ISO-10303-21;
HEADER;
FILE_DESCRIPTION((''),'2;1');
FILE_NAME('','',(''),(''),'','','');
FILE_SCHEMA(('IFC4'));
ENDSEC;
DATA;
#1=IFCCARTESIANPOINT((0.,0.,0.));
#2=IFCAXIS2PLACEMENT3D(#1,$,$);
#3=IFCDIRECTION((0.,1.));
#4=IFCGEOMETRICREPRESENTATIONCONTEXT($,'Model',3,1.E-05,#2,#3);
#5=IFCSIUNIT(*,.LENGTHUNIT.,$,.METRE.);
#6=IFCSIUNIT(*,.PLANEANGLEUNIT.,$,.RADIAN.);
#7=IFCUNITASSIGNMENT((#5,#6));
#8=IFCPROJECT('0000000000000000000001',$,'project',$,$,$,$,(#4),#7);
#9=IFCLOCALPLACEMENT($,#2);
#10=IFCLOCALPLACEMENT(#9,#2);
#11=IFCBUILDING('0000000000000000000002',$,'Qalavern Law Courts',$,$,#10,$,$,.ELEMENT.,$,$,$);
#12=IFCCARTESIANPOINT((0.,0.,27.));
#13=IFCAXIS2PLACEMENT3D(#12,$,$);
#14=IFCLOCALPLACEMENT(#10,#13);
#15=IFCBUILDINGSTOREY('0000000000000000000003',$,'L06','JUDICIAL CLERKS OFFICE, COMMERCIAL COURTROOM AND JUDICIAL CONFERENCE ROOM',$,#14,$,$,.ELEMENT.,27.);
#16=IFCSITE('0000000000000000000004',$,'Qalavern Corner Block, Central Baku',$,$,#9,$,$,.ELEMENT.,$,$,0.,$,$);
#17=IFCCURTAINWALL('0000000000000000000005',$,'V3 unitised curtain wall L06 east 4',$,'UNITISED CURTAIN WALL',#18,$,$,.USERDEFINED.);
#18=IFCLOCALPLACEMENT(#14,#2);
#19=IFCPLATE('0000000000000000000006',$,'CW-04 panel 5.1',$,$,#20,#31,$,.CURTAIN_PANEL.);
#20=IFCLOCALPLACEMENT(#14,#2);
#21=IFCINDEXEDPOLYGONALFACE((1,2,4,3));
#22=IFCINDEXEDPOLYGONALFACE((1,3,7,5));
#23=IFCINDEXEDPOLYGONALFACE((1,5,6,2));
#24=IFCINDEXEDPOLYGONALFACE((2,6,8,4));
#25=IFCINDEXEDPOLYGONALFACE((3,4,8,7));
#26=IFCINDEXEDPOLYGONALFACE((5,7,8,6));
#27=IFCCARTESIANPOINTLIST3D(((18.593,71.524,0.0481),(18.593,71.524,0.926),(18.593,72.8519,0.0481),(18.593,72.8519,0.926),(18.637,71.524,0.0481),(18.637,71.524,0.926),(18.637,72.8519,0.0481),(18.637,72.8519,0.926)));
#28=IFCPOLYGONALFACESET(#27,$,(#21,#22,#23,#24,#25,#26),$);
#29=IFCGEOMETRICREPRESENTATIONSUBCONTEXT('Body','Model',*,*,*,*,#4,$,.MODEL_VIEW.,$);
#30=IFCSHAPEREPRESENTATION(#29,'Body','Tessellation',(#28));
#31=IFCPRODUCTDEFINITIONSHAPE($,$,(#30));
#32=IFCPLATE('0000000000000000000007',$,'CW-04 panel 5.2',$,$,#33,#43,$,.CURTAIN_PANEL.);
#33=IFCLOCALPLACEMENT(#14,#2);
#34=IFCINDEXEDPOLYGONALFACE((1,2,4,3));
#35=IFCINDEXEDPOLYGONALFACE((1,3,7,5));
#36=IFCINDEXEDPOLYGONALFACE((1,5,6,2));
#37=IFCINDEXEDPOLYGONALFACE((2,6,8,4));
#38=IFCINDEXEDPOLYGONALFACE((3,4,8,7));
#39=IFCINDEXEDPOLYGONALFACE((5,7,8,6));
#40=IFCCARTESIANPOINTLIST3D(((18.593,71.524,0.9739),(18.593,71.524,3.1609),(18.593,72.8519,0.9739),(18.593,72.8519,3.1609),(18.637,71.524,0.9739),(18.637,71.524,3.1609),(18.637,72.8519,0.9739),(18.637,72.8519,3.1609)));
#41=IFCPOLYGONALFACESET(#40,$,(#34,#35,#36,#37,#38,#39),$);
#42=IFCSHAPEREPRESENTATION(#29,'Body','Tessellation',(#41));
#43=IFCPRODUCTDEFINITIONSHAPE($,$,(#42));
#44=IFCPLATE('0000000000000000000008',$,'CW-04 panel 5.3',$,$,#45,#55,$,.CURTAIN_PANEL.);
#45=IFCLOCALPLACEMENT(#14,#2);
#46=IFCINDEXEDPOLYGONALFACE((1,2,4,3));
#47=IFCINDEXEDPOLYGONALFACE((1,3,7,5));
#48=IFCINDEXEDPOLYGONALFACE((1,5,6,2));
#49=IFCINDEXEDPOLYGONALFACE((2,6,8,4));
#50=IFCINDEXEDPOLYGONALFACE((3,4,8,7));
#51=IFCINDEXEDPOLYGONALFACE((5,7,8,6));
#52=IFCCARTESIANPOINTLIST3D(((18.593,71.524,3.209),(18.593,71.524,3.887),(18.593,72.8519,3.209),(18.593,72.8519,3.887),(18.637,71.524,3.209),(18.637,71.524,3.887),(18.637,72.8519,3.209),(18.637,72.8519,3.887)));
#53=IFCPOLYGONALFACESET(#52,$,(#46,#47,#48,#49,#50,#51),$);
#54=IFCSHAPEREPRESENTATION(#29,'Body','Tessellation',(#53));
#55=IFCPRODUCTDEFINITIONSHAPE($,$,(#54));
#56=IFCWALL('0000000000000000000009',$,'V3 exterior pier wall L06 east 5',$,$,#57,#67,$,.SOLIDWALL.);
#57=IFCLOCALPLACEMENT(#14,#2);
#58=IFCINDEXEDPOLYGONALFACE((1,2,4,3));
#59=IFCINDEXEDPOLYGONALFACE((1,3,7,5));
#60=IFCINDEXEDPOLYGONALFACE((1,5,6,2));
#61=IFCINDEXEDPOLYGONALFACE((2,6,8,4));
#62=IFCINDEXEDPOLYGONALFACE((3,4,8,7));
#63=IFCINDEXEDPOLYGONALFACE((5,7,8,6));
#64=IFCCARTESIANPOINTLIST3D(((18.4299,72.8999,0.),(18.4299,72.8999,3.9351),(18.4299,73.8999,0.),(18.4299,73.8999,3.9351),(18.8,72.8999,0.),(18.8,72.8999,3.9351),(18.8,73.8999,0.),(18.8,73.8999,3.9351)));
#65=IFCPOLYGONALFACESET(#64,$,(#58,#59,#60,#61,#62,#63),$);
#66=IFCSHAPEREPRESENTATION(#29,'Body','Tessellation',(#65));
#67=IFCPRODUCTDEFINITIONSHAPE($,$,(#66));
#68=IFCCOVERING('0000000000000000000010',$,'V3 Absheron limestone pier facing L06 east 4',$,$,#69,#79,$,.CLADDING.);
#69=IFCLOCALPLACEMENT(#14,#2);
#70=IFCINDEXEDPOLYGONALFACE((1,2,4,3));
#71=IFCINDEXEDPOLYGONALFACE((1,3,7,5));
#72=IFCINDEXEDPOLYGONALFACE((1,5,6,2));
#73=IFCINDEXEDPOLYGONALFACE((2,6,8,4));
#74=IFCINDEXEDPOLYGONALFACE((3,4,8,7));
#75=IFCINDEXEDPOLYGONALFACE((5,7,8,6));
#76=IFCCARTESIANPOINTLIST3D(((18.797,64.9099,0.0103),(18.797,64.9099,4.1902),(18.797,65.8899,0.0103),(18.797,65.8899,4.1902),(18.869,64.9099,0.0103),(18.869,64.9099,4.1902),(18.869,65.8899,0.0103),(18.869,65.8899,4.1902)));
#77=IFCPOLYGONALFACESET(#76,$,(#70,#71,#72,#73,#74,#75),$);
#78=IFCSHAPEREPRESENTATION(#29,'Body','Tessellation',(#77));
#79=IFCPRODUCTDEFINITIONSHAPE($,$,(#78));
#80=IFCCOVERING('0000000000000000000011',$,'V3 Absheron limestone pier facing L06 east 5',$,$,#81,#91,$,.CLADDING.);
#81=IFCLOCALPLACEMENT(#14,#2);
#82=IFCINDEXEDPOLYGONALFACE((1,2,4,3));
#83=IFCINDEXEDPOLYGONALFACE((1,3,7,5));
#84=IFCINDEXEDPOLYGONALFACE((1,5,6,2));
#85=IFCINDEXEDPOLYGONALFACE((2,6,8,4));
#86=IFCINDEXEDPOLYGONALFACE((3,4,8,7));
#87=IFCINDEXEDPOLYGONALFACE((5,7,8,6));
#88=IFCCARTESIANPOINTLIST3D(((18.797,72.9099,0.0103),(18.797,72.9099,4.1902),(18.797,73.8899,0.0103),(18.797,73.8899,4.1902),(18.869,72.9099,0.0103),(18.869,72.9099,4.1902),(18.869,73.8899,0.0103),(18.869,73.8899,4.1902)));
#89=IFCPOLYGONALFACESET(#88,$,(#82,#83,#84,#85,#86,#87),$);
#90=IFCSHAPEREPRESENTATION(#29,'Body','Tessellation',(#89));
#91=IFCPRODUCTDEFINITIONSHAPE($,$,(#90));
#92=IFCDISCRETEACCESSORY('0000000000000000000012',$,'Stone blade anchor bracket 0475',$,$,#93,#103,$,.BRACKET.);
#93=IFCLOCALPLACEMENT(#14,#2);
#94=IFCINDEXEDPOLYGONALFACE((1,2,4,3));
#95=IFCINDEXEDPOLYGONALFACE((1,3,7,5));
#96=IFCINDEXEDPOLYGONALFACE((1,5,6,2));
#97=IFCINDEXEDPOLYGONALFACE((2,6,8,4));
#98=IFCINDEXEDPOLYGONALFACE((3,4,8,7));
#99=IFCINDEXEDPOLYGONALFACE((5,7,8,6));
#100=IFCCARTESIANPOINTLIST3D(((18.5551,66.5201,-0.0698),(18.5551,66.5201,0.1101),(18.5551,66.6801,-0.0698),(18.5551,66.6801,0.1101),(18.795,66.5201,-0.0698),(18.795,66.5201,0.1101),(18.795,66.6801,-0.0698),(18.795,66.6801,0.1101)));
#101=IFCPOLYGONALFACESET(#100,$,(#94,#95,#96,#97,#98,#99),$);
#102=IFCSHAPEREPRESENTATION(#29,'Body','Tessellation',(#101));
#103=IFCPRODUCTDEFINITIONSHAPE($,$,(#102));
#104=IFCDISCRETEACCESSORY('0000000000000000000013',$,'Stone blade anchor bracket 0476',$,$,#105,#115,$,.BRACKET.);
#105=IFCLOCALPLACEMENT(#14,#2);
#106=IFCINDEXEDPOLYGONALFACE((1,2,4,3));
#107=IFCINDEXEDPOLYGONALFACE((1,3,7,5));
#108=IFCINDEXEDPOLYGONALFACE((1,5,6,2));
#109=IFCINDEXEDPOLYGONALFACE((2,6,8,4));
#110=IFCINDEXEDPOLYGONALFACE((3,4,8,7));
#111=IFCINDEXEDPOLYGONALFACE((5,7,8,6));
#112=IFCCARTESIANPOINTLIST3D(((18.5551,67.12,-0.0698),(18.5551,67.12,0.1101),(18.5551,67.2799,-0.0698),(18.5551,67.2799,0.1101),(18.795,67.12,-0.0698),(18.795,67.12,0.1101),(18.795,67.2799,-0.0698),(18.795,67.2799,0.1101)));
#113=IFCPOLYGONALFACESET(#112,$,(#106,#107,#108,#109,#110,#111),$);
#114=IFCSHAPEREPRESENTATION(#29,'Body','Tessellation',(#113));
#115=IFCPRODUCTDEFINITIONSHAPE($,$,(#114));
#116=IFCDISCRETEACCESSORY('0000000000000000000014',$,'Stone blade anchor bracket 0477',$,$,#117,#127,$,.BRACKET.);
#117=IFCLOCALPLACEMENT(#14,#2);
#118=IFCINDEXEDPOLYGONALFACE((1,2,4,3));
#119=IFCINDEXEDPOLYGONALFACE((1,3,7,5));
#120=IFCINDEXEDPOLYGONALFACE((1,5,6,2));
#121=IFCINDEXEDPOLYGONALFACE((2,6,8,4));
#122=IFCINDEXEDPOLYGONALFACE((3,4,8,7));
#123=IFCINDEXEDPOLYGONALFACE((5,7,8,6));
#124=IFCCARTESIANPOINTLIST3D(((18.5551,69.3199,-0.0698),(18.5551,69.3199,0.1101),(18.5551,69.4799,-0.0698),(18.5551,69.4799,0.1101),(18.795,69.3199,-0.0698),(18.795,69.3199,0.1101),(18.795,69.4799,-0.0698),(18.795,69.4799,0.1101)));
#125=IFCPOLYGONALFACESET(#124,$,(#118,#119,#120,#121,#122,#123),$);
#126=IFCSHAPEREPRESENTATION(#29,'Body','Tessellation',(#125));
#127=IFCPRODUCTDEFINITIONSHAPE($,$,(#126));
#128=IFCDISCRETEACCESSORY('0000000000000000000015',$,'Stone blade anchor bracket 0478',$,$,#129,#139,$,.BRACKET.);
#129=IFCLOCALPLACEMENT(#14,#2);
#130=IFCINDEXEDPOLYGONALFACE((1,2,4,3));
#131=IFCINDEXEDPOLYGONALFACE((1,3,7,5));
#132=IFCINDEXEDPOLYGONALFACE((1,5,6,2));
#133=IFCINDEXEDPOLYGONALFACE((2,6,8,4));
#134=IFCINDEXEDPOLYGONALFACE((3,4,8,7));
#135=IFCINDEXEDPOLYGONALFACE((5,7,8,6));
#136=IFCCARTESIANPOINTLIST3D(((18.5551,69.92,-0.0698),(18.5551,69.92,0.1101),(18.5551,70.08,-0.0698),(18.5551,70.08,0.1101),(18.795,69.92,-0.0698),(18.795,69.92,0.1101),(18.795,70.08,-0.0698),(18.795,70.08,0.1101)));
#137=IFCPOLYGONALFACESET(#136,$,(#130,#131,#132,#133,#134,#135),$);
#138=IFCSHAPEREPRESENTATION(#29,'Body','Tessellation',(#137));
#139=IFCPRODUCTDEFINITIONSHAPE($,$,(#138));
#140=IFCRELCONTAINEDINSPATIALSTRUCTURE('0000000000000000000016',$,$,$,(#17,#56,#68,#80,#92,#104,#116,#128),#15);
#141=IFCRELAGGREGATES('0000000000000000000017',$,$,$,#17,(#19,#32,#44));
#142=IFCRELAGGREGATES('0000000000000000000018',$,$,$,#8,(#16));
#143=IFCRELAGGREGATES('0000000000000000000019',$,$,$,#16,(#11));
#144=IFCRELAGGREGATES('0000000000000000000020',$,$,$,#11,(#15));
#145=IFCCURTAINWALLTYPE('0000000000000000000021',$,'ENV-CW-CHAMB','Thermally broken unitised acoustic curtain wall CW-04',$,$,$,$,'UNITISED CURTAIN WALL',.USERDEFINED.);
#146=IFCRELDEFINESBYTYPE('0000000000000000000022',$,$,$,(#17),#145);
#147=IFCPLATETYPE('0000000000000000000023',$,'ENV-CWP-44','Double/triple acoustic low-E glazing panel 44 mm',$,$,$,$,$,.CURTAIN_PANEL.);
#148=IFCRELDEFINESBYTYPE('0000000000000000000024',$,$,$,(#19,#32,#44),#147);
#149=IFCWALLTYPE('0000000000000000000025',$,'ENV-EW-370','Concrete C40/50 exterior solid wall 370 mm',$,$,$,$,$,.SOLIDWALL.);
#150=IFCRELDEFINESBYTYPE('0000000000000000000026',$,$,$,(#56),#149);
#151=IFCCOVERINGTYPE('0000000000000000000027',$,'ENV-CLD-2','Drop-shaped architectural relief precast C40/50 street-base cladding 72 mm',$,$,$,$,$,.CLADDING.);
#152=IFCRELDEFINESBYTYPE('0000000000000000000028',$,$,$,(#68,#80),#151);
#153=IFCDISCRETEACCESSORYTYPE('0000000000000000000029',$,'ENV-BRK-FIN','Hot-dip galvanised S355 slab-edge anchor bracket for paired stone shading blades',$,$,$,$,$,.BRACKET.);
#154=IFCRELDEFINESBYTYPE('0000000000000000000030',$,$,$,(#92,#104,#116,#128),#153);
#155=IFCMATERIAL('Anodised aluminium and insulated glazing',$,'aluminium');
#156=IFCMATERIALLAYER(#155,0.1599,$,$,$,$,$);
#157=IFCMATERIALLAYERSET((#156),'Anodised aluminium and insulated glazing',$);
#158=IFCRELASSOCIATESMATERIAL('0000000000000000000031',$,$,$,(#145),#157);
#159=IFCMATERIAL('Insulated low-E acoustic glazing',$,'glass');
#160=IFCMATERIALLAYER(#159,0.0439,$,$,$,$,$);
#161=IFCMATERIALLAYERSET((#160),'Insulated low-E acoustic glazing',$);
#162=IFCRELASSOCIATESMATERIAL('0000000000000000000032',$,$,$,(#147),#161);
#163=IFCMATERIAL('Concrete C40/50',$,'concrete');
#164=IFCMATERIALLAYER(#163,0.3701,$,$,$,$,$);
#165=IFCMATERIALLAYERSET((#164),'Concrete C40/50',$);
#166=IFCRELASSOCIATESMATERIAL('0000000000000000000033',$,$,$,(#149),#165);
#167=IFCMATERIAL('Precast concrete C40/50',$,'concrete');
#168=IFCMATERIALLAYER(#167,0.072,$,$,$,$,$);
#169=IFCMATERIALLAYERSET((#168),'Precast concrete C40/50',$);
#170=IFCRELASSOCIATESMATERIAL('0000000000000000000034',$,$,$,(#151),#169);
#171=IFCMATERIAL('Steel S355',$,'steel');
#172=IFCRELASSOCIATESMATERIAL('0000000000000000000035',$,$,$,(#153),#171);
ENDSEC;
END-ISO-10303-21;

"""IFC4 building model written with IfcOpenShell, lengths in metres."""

from ifc_helpers import new_model, si_unit, direction, frame, frame_2d, origin, origin_2d, place, context, subcontext, project, spatial, rectangle, extrude, material, layer, layer_set, type_object, element, aggregate, save


model = new_model("IFC4")

# Units and contexts
model_context = context("Model", 3, precision=1e-05, world=origin(), true_north=direction((0.0, 1.0)))
body_context = subcontext(model_context, "Body", "Model", "MODEL_VIEW")
ifc_project = project(units=[si_unit("LENGTHUNIT", "METRE"), si_unit("PLANEANGLEUNIT", "RADIAN")], contexts=[model_context])

# Site, building, storey
site_placement = place(None, origin())
site = spatial("IfcSite", under=ifc_project, at=site_placement, Name="Qalavern Corner Block, Central Baku", CompositionType="ELEMENT", RefElevation=0.0)
building_placement = place(site_placement, origin())
building = spatial("IfcBuilding", under=site, at=building_placement, Name="Qalavern Law Courts", CompositionType="ELEMENT")
storey_placement = place(building_placement, frame((0.0, 0.0, 27.0)))
storey = spatial("IfcBuildingStorey", under=building, at=storey_placement, Name="L06", Description="JUDICIAL CLERKS OFFICE, COMMERCIAL COURTROOM AND JUDICIAL CONFERENCE ROOM", CompositionType="ELEMENT", Elevation=27.0)

# Curtain wall, plates
ifc_material_1 = material(Name="Anodised aluminium and insulated glazing", Category="aluminium")
ifc_layer_1 = layer(ifc_material_1, 0.1599)
ifc_layer_set_1 = layer_set([ifc_layer_1], Name="Anodised aluminium and insulated glazing")
curtain_wall_type = type_object("IfcCurtainWallType", Name="ENV-CW-CHAMB", Description="Thermally broken unitised acoustic curtain wall CW-04", ElementType="UNITISED CURTAIN WALL", PredefinedType="USERDEFINED", material=ifc_layer_set_1)
curtain_wall_placement = place(storey_placement, origin())
curtain_wall = element("IfcCurtainWall", 1, at=curtain_wall_placement, inside=storey, type_object=curtain_wall_type, Name="V3 unitised curtain wall L06 east 4", ObjectType="UNITISED CURTAIN WALL", PredefinedType="USERDEFINED")
ifc_material_2 = material(Name="Insulated low-E acoustic glazing", Category="glass")
ifc_layer_2 = layer(ifc_material_2, 0.0439)
ifc_layer_set_2 = layer_set([ifc_layer_2], Name="Insulated low-E acoustic glazing")
plate_type = type_object("IfcPlateType", Name="ENV-CWP-44", Description="Double/triple acoustic low-E glazing panel 44 mm", PredefinedType="CURTAIN_PANEL", material=ifc_layer_set_2)
plate_1_placement = place(storey_placement, frame((18.615, 72.188, 0.0481), z_axis=(0.0, 0.0, 1.0), x_axis=(0.0, 1.0, 0.0)))
plate_1 = element("IfcPlate", 2, at=plate_1_placement, type_object=plate_type, Name="CW-04 panel 5.1", PredefinedType="CURTAIN_PANEL", context=body_context, shape_type="SweptSolid", body=[
    extrude(rectangle(XDim=1.3279, YDim=0.0439, at=origin_2d()), origin(), (0.0, 0.0, 1.0), 0.8779),
])
plate_2_placement = place(storey_placement, frame((18.615, 72.188, 0.9739), z_axis=(0.0, 0.0, 1.0), x_axis=(0.0, 1.0, 0.0)))
plate_2 = element("IfcPlate", 3, at=plate_2_placement, type_object=plate_type, Name="CW-04 panel 5.2", PredefinedType="CURTAIN_PANEL", context=body_context, shape_type="SweptSolid", body=[
    extrude(rectangle(XDim=1.3279, YDim=0.0439, at=origin_2d()), origin(), (0.0, 0.0, 1.0), 2.187),
])
plate_3_placement = place(storey_placement, frame((18.615, 72.188, 3.209), z_axis=(0.0, 0.0, 1.0), x_axis=(0.0, 1.0, 0.0)))
plate_3 = element("IfcPlate", 4, at=plate_3_placement, type_object=plate_type, Name="CW-04 panel 5.3", PredefinedType="CURTAIN_PANEL", context=body_context, shape_type="SweptSolid", body=[
    extrude(rectangle(XDim=1.3279, YDim=0.0439, at=origin_2d()), origin(), (0.0, 0.0, 1.0), 0.678),
])
aggregate(curtain_wall, [plate_1, plate_2, plate_3])

# Wall
ifc_material_3 = material(Name="Concrete C40/50", Category="concrete")
ifc_layer_3 = layer(ifc_material_3, 0.3701)
ifc_layer_set_3 = layer_set([ifc_layer_3], Name="Concrete C40/50")
wall_type = type_object("IfcWallType", Name="ENV-EW-370", Description="Concrete C40/50 exterior solid wall 370 mm", PredefinedType="SOLIDWALL", material=ifc_layer_set_3)
wall_placement = place(storey_placement, frame((18.615, 72.8999, 0.0), z_axis=(0.0, 0.0, 1.0), x_axis=(0.0, 1.0, 0.0)))
element("IfcWall", 5, at=wall_placement, inside=storey, type_object=wall_type, Name="V3 exterior pier wall L06 east 5", PredefinedType="SOLIDWALL", context=body_context, shape_type="SweptSolid", body=[
    extrude(rectangle(XDim=1.0, YDim=0.3701, at=frame_2d((0.5, 0.0))), origin(), (0.0, 0.0, 1.0), 3.9351),
])

# Coverings
ifc_material_4 = material(Name="Precast concrete C40/50", Category="concrete")
ifc_layer_4 = layer(ifc_material_4, 0.072)
ifc_layer_set_4 = layer_set([ifc_layer_4], Name="Precast concrete C40/50")
covering_type = type_object("IfcCoveringType", Name="ENV-CLD-2", Description="Drop-shaped architectural relief precast C40/50 street-base cladding 72 mm", PredefinedType="CLADDING", material=ifc_layer_set_4)
for number, where, z_axis, x_axis, name in (
    (6, (18.833, 65.3999, 0.0103), (0.0, 0.0, 1.0), (0.0, 1.0, 0.0), "V3 Absheron limestone pier facing L06 east 4"),
    (7, (18.833, 73.3999, 0.0103), (0.0, 0.0, 1.0), (0.0, 1.0, 0.0), "V3 Absheron limestone pier facing L06 east 5"),
):
    element("IfcCovering", number, at=place(storey_placement, frame(where, z_axis=z_axis, x_axis=x_axis)), inside=storey, type_object=covering_type, Name=name, PredefinedType="CLADDING", context=body_context, shape_type="SweptSolid", body=[
        extrude(rectangle(XDim=0.98, YDim=0.072, at=origin_2d()), origin(), (0.0, 0.0, 1.0), 4.1799),
    ])

# Discrete accessories
ifc_material_5 = material(Name="Steel S355", Category="steel")
discrete_accessory_type = type_object("IfcDiscreteAccessoryType", Name="ENV-BRK-FIN", Description="Hot-dip galvanised S355 slab-edge anchor bracket for paired stone shading blades", PredefinedType="BRACKET", material=ifc_material_5)
for number, where, z_axis, x_axis, name in (
    (8, (18.675, 66.6001, -0.0698), (0.0, 0.0, 1.0), (1.0, 0.0, 0.0), "Stone blade anchor bracket 0475"),
    (9, (18.675, 67.2, -0.0698), (0.0, 0.0, 1.0), (1.0, 0.0, 0.0), "Stone blade anchor bracket 0476"),
    (10, (18.675, 69.3999, -0.0698), (0.0, 0.0, 1.0), (1.0, 0.0, 0.0), "Stone blade anchor bracket 0477"),
    (11, (18.675, 70.0, -0.0698), (0.0, 0.0, 1.0), (1.0, 0.0, 0.0), "Stone blade anchor bracket 0478"),
):
    element("IfcDiscreteAccessory", number, at=place(storey_placement, frame(where, z_axis=z_axis, x_axis=x_axis)), inside=storey, type_object=discrete_accessory_type, Name=name, PredefinedType="BRACKET", context=body_context, shape_type="SweptSolid", body=[
        extrude(rectangle(XDim=0.24, YDim=0.1599, at=origin_2d()), origin(), (0.0, 0.0, 1.0), 0.1799),
    ])

save(model, "model.ifc")
